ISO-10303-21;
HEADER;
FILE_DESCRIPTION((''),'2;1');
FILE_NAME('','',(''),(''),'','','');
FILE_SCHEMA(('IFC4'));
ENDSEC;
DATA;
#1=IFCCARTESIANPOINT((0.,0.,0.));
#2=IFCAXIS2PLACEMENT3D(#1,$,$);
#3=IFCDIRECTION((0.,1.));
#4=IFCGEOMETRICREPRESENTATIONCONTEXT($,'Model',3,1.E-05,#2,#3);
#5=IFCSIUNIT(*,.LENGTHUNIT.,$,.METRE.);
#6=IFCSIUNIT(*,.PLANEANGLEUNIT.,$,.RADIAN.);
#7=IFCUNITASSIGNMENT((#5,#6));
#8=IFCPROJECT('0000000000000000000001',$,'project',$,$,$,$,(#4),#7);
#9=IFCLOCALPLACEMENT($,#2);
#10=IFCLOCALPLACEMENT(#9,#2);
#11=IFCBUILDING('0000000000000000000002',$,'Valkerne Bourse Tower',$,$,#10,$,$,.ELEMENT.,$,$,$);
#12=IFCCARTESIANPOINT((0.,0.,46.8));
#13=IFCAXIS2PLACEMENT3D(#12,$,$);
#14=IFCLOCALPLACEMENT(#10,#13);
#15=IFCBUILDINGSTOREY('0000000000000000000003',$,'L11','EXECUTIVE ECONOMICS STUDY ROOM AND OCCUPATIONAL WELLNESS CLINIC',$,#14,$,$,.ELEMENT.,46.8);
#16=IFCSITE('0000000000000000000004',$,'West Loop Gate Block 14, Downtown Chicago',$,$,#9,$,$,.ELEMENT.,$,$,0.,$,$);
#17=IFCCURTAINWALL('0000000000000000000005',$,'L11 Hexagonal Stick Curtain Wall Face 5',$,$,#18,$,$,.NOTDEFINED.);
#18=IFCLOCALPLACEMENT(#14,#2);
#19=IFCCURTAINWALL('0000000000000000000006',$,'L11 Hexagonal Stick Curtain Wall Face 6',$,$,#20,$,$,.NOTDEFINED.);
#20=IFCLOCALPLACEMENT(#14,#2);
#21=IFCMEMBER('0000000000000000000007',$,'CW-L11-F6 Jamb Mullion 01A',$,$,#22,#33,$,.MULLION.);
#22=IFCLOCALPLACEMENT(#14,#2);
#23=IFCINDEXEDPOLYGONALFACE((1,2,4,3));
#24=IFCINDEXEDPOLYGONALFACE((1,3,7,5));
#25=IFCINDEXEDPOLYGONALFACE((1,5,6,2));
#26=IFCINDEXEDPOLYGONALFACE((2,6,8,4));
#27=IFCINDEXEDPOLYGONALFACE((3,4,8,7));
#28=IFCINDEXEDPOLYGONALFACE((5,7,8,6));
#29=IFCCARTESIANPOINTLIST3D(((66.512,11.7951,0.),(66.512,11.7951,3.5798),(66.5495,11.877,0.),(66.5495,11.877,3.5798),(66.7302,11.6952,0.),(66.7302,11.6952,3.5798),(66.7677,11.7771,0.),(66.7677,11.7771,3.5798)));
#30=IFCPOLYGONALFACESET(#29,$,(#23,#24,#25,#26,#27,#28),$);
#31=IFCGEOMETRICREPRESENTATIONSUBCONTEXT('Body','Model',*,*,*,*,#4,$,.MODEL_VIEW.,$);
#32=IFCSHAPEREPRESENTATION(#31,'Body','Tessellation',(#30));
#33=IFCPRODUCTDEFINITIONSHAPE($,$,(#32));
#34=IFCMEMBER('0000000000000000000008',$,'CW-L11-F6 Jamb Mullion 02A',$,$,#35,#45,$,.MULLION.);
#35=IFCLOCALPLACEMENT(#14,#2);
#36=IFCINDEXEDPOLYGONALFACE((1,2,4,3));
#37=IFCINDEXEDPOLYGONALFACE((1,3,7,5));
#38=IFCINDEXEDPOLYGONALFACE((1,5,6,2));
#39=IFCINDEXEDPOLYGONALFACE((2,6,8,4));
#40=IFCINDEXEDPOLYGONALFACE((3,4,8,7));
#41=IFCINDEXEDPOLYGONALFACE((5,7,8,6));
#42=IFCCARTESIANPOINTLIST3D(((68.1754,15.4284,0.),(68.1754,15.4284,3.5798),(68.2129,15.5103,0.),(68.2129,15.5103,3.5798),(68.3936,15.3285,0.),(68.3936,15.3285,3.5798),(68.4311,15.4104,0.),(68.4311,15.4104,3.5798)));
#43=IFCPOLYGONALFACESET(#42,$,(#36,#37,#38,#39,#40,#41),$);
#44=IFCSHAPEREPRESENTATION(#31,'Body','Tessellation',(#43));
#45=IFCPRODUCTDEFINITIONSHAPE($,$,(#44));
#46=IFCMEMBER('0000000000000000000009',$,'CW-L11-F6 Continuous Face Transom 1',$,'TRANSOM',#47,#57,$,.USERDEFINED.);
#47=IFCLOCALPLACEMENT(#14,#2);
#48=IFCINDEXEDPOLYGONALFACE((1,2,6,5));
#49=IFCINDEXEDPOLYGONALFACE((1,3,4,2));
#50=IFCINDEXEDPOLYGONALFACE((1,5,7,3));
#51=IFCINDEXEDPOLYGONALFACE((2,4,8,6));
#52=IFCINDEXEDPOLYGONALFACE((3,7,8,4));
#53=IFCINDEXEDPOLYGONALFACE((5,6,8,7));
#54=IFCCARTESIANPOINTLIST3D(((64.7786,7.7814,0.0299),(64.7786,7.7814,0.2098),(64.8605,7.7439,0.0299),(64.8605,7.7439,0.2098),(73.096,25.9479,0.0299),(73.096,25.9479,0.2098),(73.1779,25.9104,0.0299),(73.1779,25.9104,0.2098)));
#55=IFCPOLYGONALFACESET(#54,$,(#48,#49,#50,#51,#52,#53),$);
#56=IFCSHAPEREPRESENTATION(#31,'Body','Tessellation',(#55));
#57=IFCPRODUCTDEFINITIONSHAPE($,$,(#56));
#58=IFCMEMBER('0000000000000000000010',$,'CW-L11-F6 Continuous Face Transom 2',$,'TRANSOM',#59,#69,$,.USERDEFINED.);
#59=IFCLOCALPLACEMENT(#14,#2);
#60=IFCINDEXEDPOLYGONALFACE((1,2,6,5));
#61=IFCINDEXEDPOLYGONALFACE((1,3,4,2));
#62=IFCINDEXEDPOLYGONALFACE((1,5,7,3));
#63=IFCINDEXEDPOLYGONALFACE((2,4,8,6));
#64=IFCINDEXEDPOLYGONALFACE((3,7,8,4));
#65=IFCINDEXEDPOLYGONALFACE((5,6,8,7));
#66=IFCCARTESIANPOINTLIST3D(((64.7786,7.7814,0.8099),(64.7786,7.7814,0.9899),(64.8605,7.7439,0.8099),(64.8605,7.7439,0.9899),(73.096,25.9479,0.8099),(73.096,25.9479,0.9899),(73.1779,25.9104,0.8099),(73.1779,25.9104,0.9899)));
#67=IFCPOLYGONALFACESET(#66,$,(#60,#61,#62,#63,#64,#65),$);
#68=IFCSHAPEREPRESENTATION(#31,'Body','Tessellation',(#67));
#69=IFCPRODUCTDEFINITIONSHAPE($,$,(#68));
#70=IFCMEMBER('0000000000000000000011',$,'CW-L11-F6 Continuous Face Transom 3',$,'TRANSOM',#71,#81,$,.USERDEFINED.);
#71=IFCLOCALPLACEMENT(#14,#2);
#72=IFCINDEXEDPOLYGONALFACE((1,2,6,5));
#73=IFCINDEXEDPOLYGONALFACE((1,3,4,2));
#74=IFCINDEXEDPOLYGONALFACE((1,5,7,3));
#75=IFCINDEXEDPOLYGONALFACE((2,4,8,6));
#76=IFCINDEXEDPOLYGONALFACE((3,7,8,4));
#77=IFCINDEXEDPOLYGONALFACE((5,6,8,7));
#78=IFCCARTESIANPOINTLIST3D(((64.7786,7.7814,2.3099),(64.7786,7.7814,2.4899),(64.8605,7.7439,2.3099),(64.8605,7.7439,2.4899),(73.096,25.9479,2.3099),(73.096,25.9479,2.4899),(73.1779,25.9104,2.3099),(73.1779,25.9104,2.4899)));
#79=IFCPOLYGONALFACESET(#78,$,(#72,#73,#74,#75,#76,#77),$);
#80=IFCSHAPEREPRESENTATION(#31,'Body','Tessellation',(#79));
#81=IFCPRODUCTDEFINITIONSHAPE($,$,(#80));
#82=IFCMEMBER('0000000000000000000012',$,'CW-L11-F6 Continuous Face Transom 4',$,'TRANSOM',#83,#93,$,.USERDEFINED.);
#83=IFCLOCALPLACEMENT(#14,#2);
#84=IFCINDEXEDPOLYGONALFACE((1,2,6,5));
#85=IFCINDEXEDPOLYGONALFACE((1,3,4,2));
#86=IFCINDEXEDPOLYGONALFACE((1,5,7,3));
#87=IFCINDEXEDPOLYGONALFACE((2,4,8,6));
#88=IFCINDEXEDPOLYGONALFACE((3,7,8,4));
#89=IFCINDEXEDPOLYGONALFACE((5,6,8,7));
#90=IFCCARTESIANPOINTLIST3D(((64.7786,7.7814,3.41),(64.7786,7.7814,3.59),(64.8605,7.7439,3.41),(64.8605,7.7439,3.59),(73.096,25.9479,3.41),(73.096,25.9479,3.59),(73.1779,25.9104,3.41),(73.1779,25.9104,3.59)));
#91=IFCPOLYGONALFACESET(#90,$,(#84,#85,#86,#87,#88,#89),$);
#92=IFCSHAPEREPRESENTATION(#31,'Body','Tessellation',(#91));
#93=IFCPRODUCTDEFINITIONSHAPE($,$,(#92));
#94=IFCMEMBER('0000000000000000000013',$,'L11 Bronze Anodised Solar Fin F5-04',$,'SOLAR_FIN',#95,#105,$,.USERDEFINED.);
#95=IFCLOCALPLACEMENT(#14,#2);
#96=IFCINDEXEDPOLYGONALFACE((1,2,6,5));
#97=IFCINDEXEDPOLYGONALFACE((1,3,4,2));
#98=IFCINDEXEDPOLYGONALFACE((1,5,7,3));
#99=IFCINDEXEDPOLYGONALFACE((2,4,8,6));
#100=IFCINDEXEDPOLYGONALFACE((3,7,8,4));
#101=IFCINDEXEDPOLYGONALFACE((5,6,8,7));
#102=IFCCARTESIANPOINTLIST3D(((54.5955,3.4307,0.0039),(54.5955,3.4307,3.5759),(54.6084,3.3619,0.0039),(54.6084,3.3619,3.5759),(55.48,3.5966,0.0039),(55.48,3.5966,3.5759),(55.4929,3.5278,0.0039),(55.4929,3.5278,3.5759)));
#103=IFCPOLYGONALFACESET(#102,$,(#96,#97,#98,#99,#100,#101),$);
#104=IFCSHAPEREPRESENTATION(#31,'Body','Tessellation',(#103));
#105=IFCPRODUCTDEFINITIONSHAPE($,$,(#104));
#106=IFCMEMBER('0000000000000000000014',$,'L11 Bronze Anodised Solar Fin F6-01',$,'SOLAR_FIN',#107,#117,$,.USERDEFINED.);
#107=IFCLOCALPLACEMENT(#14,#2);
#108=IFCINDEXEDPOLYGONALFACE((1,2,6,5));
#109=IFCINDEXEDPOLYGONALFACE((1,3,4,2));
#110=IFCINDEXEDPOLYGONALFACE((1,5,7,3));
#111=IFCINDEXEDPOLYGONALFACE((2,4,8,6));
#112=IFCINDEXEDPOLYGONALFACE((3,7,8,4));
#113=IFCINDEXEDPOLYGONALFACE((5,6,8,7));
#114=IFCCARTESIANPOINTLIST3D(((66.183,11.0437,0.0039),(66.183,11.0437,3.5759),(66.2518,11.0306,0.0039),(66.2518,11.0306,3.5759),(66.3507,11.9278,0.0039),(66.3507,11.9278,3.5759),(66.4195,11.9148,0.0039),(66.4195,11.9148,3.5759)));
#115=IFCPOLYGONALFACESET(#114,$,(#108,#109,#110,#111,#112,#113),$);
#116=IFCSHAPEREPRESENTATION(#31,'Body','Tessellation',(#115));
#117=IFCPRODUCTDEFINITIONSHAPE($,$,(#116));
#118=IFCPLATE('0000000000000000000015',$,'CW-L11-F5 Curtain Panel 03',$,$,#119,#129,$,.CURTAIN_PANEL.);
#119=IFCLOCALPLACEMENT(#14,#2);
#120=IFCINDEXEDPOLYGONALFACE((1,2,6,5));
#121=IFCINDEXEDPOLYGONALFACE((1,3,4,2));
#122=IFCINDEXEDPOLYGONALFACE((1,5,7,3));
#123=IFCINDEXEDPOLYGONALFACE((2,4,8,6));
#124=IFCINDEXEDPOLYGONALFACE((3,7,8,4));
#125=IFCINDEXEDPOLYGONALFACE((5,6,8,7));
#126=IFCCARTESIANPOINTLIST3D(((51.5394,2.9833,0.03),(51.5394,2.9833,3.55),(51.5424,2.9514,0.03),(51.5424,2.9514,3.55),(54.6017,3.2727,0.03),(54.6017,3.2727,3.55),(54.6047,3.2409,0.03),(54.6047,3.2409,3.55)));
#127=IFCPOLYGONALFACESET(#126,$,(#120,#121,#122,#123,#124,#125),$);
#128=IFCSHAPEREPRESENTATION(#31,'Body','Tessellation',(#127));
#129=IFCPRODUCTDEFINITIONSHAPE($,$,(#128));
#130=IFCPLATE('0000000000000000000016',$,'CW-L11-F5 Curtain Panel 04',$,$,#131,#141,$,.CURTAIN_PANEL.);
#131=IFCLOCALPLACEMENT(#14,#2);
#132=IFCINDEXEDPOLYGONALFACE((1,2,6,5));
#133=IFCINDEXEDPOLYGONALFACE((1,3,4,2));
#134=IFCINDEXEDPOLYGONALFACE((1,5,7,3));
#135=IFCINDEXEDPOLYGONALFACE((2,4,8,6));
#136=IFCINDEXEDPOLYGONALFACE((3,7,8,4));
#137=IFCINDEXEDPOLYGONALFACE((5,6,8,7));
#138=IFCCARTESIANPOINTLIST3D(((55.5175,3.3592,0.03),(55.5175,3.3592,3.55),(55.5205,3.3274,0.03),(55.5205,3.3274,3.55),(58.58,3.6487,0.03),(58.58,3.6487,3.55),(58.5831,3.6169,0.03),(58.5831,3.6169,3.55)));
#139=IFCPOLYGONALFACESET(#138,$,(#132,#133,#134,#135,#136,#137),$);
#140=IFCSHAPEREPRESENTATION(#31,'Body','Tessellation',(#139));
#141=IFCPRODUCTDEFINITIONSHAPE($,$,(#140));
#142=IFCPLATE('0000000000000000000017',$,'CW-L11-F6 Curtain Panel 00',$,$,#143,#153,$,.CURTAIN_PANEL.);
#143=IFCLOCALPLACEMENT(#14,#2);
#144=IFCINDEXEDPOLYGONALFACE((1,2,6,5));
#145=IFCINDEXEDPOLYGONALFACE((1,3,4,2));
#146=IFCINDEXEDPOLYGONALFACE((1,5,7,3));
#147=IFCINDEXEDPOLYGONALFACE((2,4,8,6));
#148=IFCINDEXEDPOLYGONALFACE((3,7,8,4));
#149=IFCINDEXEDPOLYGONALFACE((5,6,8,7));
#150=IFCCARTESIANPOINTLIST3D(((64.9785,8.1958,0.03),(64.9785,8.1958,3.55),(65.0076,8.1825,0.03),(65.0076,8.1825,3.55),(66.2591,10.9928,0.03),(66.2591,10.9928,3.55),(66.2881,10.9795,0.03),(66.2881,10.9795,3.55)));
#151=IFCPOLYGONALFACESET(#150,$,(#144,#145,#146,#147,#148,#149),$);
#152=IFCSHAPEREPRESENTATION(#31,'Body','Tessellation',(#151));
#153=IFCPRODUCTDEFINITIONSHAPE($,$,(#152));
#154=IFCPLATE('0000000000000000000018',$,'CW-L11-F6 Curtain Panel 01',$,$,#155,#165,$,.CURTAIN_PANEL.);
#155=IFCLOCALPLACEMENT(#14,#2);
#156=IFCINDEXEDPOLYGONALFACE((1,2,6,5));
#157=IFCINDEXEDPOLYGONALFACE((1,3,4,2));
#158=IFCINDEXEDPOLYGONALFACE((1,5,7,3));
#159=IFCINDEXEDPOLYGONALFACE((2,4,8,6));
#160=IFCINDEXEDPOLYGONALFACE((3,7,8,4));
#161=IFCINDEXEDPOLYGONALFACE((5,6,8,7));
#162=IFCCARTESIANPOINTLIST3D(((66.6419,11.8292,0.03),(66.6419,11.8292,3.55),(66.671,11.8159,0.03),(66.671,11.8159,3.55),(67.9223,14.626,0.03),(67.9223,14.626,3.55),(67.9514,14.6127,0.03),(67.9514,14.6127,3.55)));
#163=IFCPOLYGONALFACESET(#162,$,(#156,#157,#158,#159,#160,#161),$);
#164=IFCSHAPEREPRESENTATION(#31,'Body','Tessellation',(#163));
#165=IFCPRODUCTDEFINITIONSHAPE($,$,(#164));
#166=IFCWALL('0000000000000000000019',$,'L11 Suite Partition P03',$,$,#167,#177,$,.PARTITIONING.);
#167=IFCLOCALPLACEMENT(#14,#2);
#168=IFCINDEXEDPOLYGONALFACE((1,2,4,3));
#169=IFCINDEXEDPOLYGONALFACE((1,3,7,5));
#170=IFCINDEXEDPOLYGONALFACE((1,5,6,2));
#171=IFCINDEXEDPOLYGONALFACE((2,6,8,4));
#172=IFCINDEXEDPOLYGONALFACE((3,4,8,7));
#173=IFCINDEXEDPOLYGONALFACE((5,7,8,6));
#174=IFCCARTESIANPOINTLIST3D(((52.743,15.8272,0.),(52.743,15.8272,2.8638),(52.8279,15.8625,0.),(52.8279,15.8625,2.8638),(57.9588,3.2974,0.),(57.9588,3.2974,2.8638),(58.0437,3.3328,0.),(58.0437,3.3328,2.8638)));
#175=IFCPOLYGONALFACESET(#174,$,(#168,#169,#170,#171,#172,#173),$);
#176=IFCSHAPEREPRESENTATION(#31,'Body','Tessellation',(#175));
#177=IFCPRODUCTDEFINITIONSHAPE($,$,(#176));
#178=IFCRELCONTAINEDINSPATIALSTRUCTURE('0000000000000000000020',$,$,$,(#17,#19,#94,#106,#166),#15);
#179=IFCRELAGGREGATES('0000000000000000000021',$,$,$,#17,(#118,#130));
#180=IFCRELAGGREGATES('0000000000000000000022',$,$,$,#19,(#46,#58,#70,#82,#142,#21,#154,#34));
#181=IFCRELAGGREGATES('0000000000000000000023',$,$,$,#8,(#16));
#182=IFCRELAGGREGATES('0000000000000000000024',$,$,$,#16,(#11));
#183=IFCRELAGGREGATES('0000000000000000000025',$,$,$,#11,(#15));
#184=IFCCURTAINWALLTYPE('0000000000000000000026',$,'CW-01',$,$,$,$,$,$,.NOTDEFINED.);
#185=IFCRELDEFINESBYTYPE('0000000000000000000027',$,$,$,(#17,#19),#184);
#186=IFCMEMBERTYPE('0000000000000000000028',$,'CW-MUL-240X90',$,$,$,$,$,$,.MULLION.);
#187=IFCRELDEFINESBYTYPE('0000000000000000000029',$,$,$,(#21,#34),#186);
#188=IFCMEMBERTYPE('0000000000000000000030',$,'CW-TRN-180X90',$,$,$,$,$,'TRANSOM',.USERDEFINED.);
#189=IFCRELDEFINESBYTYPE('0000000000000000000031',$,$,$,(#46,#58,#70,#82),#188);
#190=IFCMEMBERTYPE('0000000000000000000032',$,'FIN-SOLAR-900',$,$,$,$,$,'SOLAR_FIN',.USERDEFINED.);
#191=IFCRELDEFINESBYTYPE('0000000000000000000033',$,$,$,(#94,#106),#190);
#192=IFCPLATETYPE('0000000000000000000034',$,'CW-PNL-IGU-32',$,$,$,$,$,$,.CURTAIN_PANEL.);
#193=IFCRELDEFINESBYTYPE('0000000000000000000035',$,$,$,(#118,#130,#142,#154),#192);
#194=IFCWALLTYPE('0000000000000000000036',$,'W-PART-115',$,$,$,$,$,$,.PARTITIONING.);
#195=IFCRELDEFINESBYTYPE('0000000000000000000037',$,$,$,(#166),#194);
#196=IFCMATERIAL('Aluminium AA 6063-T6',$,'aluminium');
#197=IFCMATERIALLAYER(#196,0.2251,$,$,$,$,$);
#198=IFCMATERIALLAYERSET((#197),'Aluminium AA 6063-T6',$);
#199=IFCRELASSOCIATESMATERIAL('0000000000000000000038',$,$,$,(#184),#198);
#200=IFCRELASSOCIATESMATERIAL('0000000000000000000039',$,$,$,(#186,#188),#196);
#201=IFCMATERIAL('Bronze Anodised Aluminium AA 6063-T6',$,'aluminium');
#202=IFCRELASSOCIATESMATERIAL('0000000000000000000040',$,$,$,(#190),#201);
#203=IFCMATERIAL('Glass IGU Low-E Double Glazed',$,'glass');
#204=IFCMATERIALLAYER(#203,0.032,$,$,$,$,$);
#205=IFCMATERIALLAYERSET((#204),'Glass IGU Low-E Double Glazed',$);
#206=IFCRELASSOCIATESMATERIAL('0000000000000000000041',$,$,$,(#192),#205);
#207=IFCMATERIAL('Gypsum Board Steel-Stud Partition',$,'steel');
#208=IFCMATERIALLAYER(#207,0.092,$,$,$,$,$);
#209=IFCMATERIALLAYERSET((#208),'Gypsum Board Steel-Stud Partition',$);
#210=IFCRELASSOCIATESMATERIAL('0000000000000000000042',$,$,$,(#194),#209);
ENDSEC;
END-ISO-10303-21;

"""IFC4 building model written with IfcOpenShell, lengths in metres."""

from ifc_helpers import new_model, si_unit, direction, frame, frame_2d, origin, origin_2d, place, context, subcontext, project, spatial, rectangle, extrude, material, layer, layer_set, material_profile, profile_set, type_object, element, aggregate, save


model = new_model("IFC4")

# Units and contexts
model_context = context("Model", 3, precision=1e-05, world=origin(), true_north=direction((0.0, 1.0)))
body_context = subcontext(model_context, "Body", "Model", "MODEL_VIEW")
ifc_project = project(units=[si_unit("LENGTHUNIT", "METRE"), si_unit("PLANEANGLEUNIT", "RADIAN")], contexts=[model_context])

# Site, building, storey
site_placement = place(None, origin())
site = spatial("IfcSite", under=ifc_project, at=site_placement, Name="West Loop Gate Block 14, Downtown Chicago", CompositionType="ELEMENT", RefElevation=0.0)
building_placement = place(site_placement, origin())
building = spatial("IfcBuilding", under=site, at=building_placement, Name="Valkerne Bourse Tower", CompositionType="ELEMENT")
storey_placement = place(building_placement, frame((0.0, 0.0, 46.8)))
storey = spatial("IfcBuildingStorey", under=building, at=storey_placement, Name="L11", Description="EXECUTIVE ECONOMICS STUDY ROOM AND OCCUPATIONAL WELLNESS CLINIC", CompositionType="ELEMENT", Elevation=46.8)

# Curtain walls, members
ifc_material_1 = material(Name="Aluminium AA 6063-T6", Category="aluminium")
ifc_layer_1 = layer(ifc_material_1, 0.2251)
ifc_layer_set_1 = layer_set([ifc_layer_1], Name="Aluminium AA 6063-T6")
curtain_wall_type = type_object("IfcCurtainWallType", Name="CW-01", PredefinedType="NOTDEFINED", material=ifc_layer_set_1)
curtain_wall_1_placement = place(storey_placement, origin())
curtain_wall_1 = element("IfcCurtainWall", 1, at=curtain_wall_1_placement, inside=storey, type_object=curtain_wall_type, Name="L11 Hexagonal Stick Curtain Wall Face 5", PredefinedType="NOTDEFINED")
ifc_material_profile_1 = material_profile(ifc_material_1, rectangle(XDim=0.0901, YDim=0.24, at=origin_2d()), Name="CWM-90X240")
ifc_profile_set_1 = profile_set([ifc_material_profile_1], Name="Aluminium AA 6063-T6")
member_type_1 = type_object("IfcMemberType", Name="CW-MUL-240X90", PredefinedType="MULLION", material=ifc_profile_set_1)
curtain_wall_2_placement = place(storey_placement, origin())
curtain_wall_2 = element("IfcCurtainWall", 2, at=curtain_wall_2_placement, inside=storey, type_object=curtain_wall_type, Name="L11 Hexagonal Stick Curtain Wall Face 6", PredefinedType="NOTDEFINED")
member_1_placement = place(storey_placement, frame((66.6399, 11.7861, 0.0), z_axis=(0.0, 0.0, 1.0), x_axis=(0.416269, 0.909241, 0.0)))
member_1 = element("IfcMember", 3, at=member_1_placement, type_object=member_type_1, Name="CW-L11-F6 Jamb Mullion 01A", PredefinedType="MULLION", context=body_context, shape_type="SweptSolid", body=[
    extrude(rectangle(XDim=0.0901, YDim=0.24, at=origin_2d()), origin(), (0.0, 0.0, 1.0), 3.5798),
])
member_2_placement = place(storey_placement, frame((68.3032, 15.4194, 0.0), z_axis=(0.0, 0.0, 1.0), x_axis=(0.41629, 0.909232, 0.0)))
member_2 = element("IfcMember", 4, at=member_2_placement, type_object=member_type_1, Name="CW-L11-F6 Jamb Mullion 02A", PredefinedType="MULLION", context=body_context, shape_type="SweptSolid", body=[
    extrude(rectangle(XDim=0.0901, YDim=0.24, at=origin_2d()), origin(), (0.0, 0.0, 1.0), 3.5798),
])
ifc_material_profile_2 = material_profile(ifc_material_1, rectangle(XDim=0.0901, YDim=0.1799, at=origin_2d()), Name="CWT-90X180")
ifc_profile_set_2 = profile_set([ifc_material_profile_2], Name="Aluminium AA 6063-T6")
member_type_2 = type_object("IfcMemberType", Name="CW-TRN-180X90", ElementType="TRANSOM", PredefinedType="USERDEFINED", material=ifc_profile_set_2)
member_3_placement = place(storey_placement, frame((64.8196, 7.7627, 0.1199), z_axis=(0.416285, 0.909234, 0.0), x_axis=(-0.909234, 0.416285, 0.0)))
member_3 = element("IfcMember", 5, at=member_3_placement, type_object=member_type_2, Name="CW-L11-F6 Continuous Face Transom 1", ObjectType="TRANSOM", PredefinedType="USERDEFINED", context=body_context, shape_type="SweptSolid", body=[
    extrude(rectangle(XDim=0.0901, YDim=0.1799, at=origin_2d()), origin(), (0.0, 0.0, 1.0), 19.98),
])
member_4_placement = place(storey_placement, frame((64.8196, 7.7627, 0.8999), z_axis=(0.416285, 0.909234, 0.0), x_axis=(-0.909234, 0.416285, 0.0)))
member_4 = element("IfcMember", 6, at=member_4_placement, type_object=member_type_2, Name="CW-L11-F6 Continuous Face Transom 2", ObjectType="TRANSOM", PredefinedType="USERDEFINED", context=body_context, shape_type="SweptSolid", body=[
    extrude(rectangle(XDim=0.0901, YDim=0.1799, at=origin_2d()), origin(), (0.0, 0.0, 1.0), 19.98),
])
member_5_placement = place(storey_placement, frame((64.8196, 7.7627, 2.3999), z_axis=(0.416285, 0.909234, 0.0), x_axis=(-0.909234, 0.416285, 0.0)))
member_5 = element("IfcMember", 7, at=member_5_placement, type_object=member_type_2, Name="CW-L11-F6 Continuous Face Transom 3", ObjectType="TRANSOM", PredefinedType="USERDEFINED", context=body_context, shape_type="SweptSolid", body=[
    extrude(rectangle(XDim=0.0901, YDim=0.1799, at=origin_2d()), origin(), (0.0, 0.0, 1.0), 19.98),
])
member_6_placement = place(storey_placement, frame((64.8196, 7.7627, 3.5), z_axis=(0.416285, 0.909234, 0.0), x_axis=(-0.909234, 0.416285, 0.0)))
member_6 = element("IfcMember", 8, at=member_6_placement, type_object=member_type_2, Name="CW-L11-F6 Continuous Face Transom 4", ObjectType="TRANSOM", PredefinedType="USERDEFINED", context=body_context, shape_type="SweptSolid", body=[
    extrude(rectangle(XDim=0.0901, YDim=0.1799, at=origin_2d()), origin(), (0.0, 0.0, 1.0), 19.98),
])

# Members
ifc_material_2 = material(Name="Bronze Anodised Aluminium AA 6063-T6", Category="aluminium")
ifc_material_profile_3 = material_profile(ifc_material_2, rectangle(XDim=0.0701, YDim=0.8999, at=origin_2d()), Name="FIN-70X900")
ifc_profile_set_3 = profile_set([ifc_material_profile_3], Name="Bronze Anodised Aluminium AA 6063-T6")
member_type_3 = type_object("IfcMemberType", Name="FIN-SOLAR-900", ElementType="SOLAR_FIN", PredefinedType="USERDEFINED", material=ifc_profile_set_3)
for number, where, z_axis, x_axis, name in (
    (9, (55.0442, 3.4792, 0.0039), (0.0, 0.0, 1.0), (0.184338, -0.982863, 0.0), "L11 Bronze Anodised Solar Fin F5-04"),
    (10, (66.3013, 11.4792, 0.0039), (0.0, 0.0, 1.0), (0.982486, -0.186334, 0.0), "L11 Bronze Anodised Solar Fin F6-01"),
):
    element("IfcMember", number, at=place(storey_placement, frame(where, z_axis=z_axis, x_axis=x_axis)), inside=storey, type_object=member_type_3, Name=name, ObjectType="SOLAR_FIN", PredefinedType="USERDEFINED", context=body_context, shape_type="SweptSolid", body=[
        extrude(rectangle(XDim=0.0701, YDim=0.8999, at=origin_2d()), origin(), (0.0, 0.0, 1.0), 3.572),
    ])

# Plates
ifc_material_3 = material(Name="Glass IGU Low-E Double Glazed", Category="glass")
ifc_layer_2 = layer(ifc_material_3, 0.032)
ifc_layer_set_2 = layer_set([ifc_layer_2], Name="Glass IGU Low-E Double Glazed")
plate_type = type_object("IfcPlateType", Name="CW-PNL-IGU-32", PredefinedType="CURTAIN_PANEL", material=ifc_layer_set_2)
plate_1_placement = place(storey_placement, frame((53.072, 3.1121, 0.03), z_axis=(0.0, 0.0, 1.0), x_axis=(0.995563, 0.094096, 0.0)))
plate_1 = element("IfcPlate", 11, at=plate_1_placement, type_object=plate_type, Name="CW-L11-F5 Curtain Panel 03", PredefinedType="CURTAIN_PANEL", context=body_context, shape_type="SweptSolid", body=[
    extrude(rectangle(XDim=3.0759, YDim=0.032, at=origin_2d()), origin(), (0.0, 0.0, 1.0), 3.52),
])
plate_2_placement = place(storey_placement, frame((57.0503, 3.488, 0.03), z_axis=(0.0, 0.0, 1.0), x_axis=(0.995561, 0.094118, 0.0)))
plate_2 = element("IfcPlate", 12, at=plate_2_placement, type_object=plate_type, Name="CW-L11-F5 Curtain Panel 04", PredefinedType="CURTAIN_PANEL", context=body_context, shape_type="SweptSolid", body=[
    extrude(rectangle(XDim=3.0762, YDim=0.032, at=origin_2d()), origin(), (0.0, 0.0, 1.0), 3.52),
])
aggregate(curtain_wall_1, [plate_1, plate_2])
plate_3_placement = place(storey_placement, frame((65.6333, 9.5876, 0.03), z_axis=(0.0, 0.0, 1.0), x_axis=(0.41629, 0.909232, 0.0)))
plate_3 = element("IfcPlate", 13, at=plate_3_placement, type_object=plate_type, Name="CW-L11-F6 Curtain Panel 00", PredefinedType="CURTAIN_PANEL", context=body_context, shape_type="SweptSolid", body=[
    extrude(rectangle(XDim=3.0762, YDim=0.032, at=origin_2d()), origin(), (0.0, 0.0, 1.0), 3.52),
])
plate_4_placement = place(storey_placement, frame((67.2966, 13.2209, 0.03), z_axis=(0.0, 0.0, 1.0), x_axis=(0.416269, 0.909241, 0.0)))
plate_4 = element("IfcPlate", 14, at=plate_4_placement, type_object=plate_type, Name="CW-L11-F6 Curtain Panel 01", PredefinedType="CURTAIN_PANEL", context=body_context, shape_type="SweptSolid", body=[
    extrude(rectangle(XDim=3.0759, YDim=0.032, at=origin_2d()), origin(), (0.0, 0.0, 1.0), 3.52),
])
aggregate(curtain_wall_2, [member_3, member_4, member_5, member_6, plate_3, member_1, plate_4, member_2])

# Wall
ifc_material_4 = material(Name="Gypsum Board Steel-Stud Partition", Category="steel")
ifc_layer_3 = layer(ifc_material_4, 0.092)
ifc_layer_set_3 = layer_set([ifc_layer_3], Name="Gypsum Board Steel-Stud Partition")
wall_type = type_object("IfcWallType", Name="W-PART-115", PredefinedType="PARTITIONING", material=ifc_layer_set_3)
wall_placement = place(storey_placement, frame((52.7854, 15.845, 0.0), z_axis=(0.0, 0.0, 1.0), x_axis=(0.384306, -0.923206, 0.0)))
element("IfcWall", 15, at=wall_placement, inside=storey, type_object=wall_type, Name="L11 Suite Partition P03", PredefinedType="PARTITIONING", context=body_context, shape_type="SweptSolid", body=[
    extrude(rectangle(XDim=13.572, YDim=0.092, at=frame_2d((6.7861, 0.0))), origin(), (0.0, 0.0, 1.0), 2.8638),
])

save(model, "model.ifc")
